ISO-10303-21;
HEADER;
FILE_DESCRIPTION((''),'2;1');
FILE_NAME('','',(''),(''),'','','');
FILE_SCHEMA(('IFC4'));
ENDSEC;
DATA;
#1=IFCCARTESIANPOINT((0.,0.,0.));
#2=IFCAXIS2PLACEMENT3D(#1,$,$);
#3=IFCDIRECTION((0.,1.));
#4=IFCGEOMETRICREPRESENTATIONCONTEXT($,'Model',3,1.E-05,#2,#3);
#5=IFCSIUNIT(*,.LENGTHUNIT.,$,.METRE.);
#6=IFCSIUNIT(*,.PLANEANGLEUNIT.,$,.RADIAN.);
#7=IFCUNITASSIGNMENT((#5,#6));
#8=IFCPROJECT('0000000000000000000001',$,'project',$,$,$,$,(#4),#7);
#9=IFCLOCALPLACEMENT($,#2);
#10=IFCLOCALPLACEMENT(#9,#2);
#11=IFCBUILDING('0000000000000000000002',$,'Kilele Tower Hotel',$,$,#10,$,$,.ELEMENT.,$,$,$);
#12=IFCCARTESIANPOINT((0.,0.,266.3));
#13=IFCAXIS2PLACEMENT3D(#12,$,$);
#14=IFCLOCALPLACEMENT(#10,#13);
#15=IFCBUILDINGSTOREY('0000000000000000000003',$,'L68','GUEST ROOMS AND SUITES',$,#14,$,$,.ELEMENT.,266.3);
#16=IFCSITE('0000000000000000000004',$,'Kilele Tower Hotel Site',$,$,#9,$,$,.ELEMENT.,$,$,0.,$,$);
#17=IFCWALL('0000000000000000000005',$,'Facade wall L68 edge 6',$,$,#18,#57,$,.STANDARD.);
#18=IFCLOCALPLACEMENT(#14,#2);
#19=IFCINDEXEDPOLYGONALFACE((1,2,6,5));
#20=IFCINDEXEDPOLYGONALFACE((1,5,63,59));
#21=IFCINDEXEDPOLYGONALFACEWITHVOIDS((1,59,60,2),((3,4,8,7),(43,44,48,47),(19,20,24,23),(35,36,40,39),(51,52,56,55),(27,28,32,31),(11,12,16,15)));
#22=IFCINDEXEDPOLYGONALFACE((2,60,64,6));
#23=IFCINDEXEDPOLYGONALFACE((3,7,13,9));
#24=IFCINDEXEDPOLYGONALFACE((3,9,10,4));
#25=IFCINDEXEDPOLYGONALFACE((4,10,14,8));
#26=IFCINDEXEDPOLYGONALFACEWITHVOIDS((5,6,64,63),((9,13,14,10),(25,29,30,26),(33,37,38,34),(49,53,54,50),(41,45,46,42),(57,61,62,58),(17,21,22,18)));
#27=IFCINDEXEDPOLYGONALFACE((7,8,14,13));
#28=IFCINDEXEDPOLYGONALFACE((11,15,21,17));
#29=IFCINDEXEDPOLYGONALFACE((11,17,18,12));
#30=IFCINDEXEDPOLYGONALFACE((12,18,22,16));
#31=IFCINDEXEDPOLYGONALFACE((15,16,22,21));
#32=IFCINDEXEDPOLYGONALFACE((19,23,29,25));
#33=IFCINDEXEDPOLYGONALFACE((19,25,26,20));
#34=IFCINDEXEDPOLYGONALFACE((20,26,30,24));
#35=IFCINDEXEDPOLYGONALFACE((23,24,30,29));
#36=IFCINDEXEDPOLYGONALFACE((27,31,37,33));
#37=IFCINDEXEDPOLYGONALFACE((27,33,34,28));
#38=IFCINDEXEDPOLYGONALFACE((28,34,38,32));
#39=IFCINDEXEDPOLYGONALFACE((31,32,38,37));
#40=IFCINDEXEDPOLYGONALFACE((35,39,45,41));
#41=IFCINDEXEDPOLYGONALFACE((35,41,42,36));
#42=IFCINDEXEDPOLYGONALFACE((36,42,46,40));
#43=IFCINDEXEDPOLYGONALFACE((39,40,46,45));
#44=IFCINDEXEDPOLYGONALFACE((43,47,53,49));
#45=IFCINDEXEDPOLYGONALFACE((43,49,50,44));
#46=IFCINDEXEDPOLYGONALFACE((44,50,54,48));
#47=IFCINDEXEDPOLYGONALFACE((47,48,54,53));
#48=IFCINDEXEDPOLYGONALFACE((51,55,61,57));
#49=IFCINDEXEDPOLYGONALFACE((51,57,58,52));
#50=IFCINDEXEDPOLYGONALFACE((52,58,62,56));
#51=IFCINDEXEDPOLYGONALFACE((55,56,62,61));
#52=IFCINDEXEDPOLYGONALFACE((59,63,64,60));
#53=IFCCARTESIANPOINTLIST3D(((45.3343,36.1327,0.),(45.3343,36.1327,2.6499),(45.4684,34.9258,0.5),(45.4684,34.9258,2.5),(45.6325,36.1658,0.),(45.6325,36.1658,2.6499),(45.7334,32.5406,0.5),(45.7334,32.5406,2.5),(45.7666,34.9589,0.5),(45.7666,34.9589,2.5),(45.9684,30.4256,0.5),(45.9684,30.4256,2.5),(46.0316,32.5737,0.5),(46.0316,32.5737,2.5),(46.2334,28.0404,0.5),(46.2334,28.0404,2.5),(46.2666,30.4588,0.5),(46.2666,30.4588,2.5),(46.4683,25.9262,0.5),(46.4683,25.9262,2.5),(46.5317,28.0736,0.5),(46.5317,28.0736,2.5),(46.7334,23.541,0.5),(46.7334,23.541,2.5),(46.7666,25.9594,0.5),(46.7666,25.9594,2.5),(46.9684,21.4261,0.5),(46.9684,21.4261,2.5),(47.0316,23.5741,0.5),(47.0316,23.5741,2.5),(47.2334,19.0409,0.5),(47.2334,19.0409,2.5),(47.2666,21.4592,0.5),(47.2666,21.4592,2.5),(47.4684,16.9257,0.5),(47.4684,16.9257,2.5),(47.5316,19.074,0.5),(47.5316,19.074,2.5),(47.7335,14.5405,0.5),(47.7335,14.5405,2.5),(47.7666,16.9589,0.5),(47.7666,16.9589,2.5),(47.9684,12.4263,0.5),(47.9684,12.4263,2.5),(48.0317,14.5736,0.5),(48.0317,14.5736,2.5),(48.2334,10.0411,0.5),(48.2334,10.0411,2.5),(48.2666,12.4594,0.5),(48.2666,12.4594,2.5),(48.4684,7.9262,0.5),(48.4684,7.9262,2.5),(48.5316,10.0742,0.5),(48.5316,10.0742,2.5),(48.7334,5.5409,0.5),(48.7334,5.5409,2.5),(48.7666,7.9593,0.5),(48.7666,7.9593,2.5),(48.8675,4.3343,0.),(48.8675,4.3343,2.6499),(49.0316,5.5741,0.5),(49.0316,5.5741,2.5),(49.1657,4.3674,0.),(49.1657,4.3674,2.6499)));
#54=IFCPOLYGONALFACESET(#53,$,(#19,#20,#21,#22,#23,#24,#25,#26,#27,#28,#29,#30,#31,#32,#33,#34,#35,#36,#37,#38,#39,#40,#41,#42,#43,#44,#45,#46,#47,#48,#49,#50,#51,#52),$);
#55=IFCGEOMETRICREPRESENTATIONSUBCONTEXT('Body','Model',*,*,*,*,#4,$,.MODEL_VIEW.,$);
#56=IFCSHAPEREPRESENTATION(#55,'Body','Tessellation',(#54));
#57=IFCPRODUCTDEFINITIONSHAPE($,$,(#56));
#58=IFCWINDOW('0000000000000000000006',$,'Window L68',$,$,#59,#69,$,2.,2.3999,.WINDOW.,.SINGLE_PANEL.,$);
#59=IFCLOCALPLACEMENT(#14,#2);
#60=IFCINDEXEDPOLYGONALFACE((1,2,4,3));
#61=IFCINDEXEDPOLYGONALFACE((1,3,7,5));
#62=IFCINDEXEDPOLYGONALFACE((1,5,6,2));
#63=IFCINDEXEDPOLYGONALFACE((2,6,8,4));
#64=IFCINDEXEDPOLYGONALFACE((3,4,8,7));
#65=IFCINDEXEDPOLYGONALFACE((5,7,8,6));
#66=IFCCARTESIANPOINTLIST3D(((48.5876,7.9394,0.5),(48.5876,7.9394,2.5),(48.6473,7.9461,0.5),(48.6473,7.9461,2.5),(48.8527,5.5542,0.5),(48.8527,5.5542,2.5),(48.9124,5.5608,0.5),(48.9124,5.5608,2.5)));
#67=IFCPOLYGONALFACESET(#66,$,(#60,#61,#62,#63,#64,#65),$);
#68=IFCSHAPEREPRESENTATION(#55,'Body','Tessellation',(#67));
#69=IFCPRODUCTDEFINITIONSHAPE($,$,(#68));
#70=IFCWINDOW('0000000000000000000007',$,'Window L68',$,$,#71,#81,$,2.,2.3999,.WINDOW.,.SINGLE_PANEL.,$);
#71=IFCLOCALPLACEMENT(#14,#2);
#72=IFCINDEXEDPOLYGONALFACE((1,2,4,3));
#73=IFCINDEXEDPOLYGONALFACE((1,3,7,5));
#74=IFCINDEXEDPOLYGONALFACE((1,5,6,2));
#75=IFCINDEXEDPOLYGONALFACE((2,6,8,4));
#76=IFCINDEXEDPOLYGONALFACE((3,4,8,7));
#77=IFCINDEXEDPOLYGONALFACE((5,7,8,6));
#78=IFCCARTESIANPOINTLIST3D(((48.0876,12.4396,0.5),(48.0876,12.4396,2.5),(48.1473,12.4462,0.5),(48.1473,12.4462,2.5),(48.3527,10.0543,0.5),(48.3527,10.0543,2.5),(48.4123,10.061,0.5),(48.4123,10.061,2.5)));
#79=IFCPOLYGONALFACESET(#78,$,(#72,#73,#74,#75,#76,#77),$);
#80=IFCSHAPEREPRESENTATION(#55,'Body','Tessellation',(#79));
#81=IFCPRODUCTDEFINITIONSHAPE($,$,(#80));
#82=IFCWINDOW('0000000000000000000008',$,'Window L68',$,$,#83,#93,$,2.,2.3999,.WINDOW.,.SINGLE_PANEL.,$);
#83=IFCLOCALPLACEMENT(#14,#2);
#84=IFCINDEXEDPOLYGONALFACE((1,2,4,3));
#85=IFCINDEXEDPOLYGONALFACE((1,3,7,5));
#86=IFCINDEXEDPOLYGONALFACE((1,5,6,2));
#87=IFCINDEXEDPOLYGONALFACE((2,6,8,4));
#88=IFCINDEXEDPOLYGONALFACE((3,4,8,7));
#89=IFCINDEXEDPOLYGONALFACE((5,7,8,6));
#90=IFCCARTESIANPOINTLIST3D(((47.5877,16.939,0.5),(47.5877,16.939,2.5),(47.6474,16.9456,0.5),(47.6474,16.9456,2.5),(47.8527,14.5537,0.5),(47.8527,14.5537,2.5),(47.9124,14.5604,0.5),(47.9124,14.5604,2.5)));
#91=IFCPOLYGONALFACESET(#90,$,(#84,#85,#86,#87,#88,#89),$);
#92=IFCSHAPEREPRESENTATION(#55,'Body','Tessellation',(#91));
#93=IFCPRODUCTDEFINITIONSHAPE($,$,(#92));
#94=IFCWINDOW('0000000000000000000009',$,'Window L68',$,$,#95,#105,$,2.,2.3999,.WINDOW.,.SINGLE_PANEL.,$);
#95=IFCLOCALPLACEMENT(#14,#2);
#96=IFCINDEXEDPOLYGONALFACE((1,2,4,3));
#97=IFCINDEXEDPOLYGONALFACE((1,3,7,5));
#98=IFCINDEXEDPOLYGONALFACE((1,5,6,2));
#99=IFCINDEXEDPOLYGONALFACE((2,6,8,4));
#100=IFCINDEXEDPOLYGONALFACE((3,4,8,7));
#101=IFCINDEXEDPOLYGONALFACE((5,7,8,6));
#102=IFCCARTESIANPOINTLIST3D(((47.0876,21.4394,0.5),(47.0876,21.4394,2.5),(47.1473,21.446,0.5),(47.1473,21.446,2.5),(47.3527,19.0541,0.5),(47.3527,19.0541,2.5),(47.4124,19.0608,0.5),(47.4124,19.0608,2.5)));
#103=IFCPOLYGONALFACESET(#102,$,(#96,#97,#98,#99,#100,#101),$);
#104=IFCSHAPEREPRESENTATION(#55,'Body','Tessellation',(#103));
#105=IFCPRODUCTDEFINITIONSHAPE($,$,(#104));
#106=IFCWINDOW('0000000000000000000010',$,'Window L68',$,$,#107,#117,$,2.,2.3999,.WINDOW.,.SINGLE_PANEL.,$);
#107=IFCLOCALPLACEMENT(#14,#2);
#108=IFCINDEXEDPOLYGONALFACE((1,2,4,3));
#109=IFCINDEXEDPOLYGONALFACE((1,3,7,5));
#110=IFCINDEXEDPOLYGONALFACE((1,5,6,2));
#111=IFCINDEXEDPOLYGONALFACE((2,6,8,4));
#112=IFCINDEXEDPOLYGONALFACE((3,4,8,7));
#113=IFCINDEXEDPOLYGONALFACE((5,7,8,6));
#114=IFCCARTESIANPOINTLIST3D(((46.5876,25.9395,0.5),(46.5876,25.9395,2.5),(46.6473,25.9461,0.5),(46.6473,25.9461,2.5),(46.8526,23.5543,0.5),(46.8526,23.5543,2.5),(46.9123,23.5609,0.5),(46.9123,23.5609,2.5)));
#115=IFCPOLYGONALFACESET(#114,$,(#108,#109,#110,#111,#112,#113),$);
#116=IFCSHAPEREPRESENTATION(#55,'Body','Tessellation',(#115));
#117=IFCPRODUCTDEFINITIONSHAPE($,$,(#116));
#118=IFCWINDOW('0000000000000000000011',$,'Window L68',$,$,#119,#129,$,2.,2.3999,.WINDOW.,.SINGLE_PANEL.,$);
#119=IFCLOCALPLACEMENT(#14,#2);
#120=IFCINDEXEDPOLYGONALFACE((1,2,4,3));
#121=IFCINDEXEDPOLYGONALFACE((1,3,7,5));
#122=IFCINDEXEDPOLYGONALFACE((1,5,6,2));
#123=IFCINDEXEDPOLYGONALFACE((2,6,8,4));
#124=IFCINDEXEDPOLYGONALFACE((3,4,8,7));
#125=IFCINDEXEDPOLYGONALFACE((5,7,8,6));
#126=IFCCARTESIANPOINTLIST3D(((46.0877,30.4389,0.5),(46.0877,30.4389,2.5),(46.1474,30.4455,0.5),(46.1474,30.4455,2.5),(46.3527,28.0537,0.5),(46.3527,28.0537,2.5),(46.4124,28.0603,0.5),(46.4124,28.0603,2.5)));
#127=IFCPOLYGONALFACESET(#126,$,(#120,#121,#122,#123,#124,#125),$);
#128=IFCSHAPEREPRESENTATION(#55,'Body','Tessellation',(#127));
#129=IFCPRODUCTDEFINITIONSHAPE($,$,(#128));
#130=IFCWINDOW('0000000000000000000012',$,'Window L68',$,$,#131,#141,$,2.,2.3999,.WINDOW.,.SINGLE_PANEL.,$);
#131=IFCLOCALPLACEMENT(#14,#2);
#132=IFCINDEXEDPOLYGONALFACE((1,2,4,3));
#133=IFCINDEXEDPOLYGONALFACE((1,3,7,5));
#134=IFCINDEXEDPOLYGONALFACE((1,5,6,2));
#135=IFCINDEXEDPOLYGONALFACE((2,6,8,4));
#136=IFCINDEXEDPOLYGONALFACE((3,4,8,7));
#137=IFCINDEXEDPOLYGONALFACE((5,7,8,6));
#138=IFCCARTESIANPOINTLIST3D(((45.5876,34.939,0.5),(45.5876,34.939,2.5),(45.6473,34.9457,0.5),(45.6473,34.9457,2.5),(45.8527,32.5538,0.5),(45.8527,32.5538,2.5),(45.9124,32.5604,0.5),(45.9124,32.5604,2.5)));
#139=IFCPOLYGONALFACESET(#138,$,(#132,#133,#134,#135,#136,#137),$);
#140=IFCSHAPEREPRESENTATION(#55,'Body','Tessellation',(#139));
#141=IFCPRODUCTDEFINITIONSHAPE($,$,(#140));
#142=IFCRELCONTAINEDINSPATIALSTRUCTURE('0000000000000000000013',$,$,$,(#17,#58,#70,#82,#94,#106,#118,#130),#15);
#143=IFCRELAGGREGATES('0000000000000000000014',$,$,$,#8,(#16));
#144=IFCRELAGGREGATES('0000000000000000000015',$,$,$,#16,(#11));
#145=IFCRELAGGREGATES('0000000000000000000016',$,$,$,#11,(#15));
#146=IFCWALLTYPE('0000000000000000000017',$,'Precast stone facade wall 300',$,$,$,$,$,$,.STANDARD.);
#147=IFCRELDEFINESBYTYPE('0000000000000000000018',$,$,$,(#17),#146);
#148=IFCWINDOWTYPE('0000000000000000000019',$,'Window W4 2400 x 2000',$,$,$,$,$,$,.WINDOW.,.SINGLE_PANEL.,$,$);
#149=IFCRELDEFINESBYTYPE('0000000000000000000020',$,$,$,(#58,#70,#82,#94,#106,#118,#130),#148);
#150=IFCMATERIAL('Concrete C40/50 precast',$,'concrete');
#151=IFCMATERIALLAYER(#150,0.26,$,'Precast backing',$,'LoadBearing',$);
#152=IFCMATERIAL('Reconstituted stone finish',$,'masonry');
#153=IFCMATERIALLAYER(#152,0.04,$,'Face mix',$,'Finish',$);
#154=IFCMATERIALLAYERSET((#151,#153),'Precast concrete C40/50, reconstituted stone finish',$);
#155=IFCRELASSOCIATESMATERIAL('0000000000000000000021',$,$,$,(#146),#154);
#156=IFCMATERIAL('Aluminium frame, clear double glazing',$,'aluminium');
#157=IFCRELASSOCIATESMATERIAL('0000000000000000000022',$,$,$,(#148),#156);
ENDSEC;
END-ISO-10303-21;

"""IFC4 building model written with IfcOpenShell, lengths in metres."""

from ifc_helpers import new_model, si_unit, direction, frame, frame_2d, origin, place, context, subcontext, project, spatial, rectangle, extrude, material, layer, layer_set, type_object, element, fill, save


model = new_model("IFC4")

# Units and contexts
model_context = context("Model", 3, precision=1e-05, world=origin(), true_north=direction((0.0, 1.0)))
body_context = subcontext(model_context, "Body", "Model", "MODEL_VIEW")
ifc_project = project(units=[si_unit("LENGTHUNIT", "METRE"), si_unit("PLANEANGLEUNIT", "RADIAN")], contexts=[model_context])

# Site, building, storey
site_placement = place(None, origin())
site = spatial("IfcSite", under=ifc_project, at=site_placement, Name="Kilele Tower Hotel Site", CompositionType="ELEMENT", RefElevation=0.0)
building_placement = place(site_placement, origin())
building = spatial("IfcBuilding", under=site, at=building_placement, Name="Kilele Tower Hotel", CompositionType="ELEMENT")
storey_placement = place(building_placement, frame((0.0, 0.0, 266.3)))
storey = spatial("IfcBuildingStorey", under=building, at=storey_placement, Name="L68", Description="GUEST ROOMS AND SUITES", CompositionType="ELEMENT", Elevation=266.3)

# Shared definitions
ifc_material_1 = material(Name="Concrete C40/50 precast", Category="concrete")
ifc_layer_1 = layer(ifc_material_1, 0.26, Name="Precast backing", Category="LoadBearing")
ifc_material_2 = material(Name="Reconstituted stone finish", Category="masonry")
ifc_layer_2 = layer(ifc_material_2, 0.04, Name="Face mix", Category="Finish")
ifc_layer_set = layer_set([ifc_layer_1, ifc_layer_2], Name="Precast concrete C40/50, reconstituted stone finish")
wall_type = type_object("IfcWallType", Name="Precast stone facade wall 300", PredefinedType="STANDARD", material=ifc_layer_set)
ifc_material_3 = material(Name="Aluminium frame, clear double glazing", Category="aluminium")
window_type_1 = type_object("IfcWindowType", Name="Window W4 2400 x 2000", PartitioningType="SINGLE_PANEL", PredefinedType="WINDOW", material=ifc_material_3)

# Wall, openings, windows
wall_1_placement = place(storey_placement, frame((49.0166, 4.3508, 0.0), z_axis=(0.0, 0.0, 1.0), x_axis=(-0.110433, 0.993884, 0.0)))
wall_1 = element("IfcWall", 1, at=wall_1_placement, inside=storey, type_object=wall_type, Name="Facade wall L68 edge 6", PredefinedType="STANDARD", context=body_context, shape_type="SweptSolid", body=[
    extrude(rectangle(XDim=31.9941, YDim=0.3, at=frame_2d((15.9971, 0.0))), origin(), (0.0, 0.0, 1.0), 2.6499),
])
opening_1_placement = place(wall_1_placement, frame((1.2141, 0.0, 0.5)))
opening_1 = element("IfcOpeningElement", 2, at=opening_1_placement, cuts=wall_1, PredefinedType="OPENING", context=body_context, shape_type="SweptSolid", body=[
    extrude(rectangle(XDim=2.3999, YDim=2.0, at=frame_2d((1.2, 1.0))), frame((0.0, 0.1599, 0.0), z_axis=(0.0, -1.0, 0.0), x_axis=(1.0, 0.0, 0.0)), (0.0, 0.0, 1.0), 0.3201),
])
opening_2_placement = place(wall_1_placement, frame((5.7419, 0.0, 0.5)))
opening_2 = element("IfcOpeningElement", 3, at=opening_2_placement, cuts=wall_1, PredefinedType="OPENING", context=body_context, shape_type="SweptSolid", body=[
    extrude(rectangle(XDim=2.3999, YDim=2.0, at=frame_2d((1.2, 1.0))), frame((0.0, 0.1599, 0.0), z_axis=(0.0, -1.0, 0.0), x_axis=(1.0, 0.0, 0.0)), (0.0, 0.0, 1.0), 0.3201),
])
opening_3_placement = place(wall_1_placement, frame((10.269, 0.0, 0.5)))
opening_3 = element("IfcOpeningElement", 4, at=opening_3_placement, cuts=wall_1, PredefinedType="OPENING", context=body_context, shape_type="SweptSolid", body=[
    extrude(rectangle(XDim=2.3999, YDim=2.0, at=frame_2d((1.2, 1.0))), frame((0.0, 0.1599, 0.0), z_axis=(0.0, -1.0, 0.0), x_axis=(1.0, 0.0, 0.0)), (0.0, 0.0, 1.0), 0.3201),
])
opening_4_placement = place(wall_1_placement, frame((14.7971, 0.0, 0.5)))
opening_4 = element("IfcOpeningElement", 5, at=opening_4_placement, cuts=wall_1, PredefinedType="OPENING", context=body_context, shape_type="SweptSolid", body=[
    extrude(rectangle(XDim=2.3999, YDim=2.0, at=frame_2d((1.2, 1.0))), frame((0.0, 0.1599, 0.0), z_axis=(0.0, -1.0, 0.0), x_axis=(1.0, 0.0, 0.0)), (0.0, 0.0, 1.0), 0.3201),
])
opening_5_placement = place(wall_1_placement, frame((19.325, 0.0, 0.5)))
opening_5 = element("IfcOpeningElement", 6, at=opening_5_placement, cuts=wall_1, PredefinedType="OPENING", context=body_context, shape_type="SweptSolid", body=[
    extrude(rectangle(XDim=2.3999, YDim=2.0, at=frame_2d((1.2, 1.0))), frame((0.0, 0.1599, 0.0), z_axis=(0.0, -1.0, 0.0), x_axis=(1.0, 0.0, 0.0)), (0.0, 0.0, 1.0), 0.3201),
])
opening_6_placement = place(wall_1_placement, frame((23.8521, 0.0, 0.5)))
opening_6 = element("IfcOpeningElement", 7, at=opening_6_placement, cuts=wall_1, PredefinedType="OPENING", context=body_context, shape_type="SweptSolid", body=[
    extrude(rectangle(XDim=2.3999, YDim=2.0, at=frame_2d((1.2, 1.0))), frame((0.0, 0.1599, 0.0), z_axis=(0.0, -1.0, 0.0), x_axis=(1.0, 0.0, 0.0)), (0.0, 0.0, 1.0), 0.3201),
])
opening_7_placement = place(wall_1_placement, frame((28.3799, 0.0, 0.5)))
opening_7 = element("IfcOpeningElement", 8, at=opening_7_placement, cuts=wall_1, PredefinedType="OPENING", context=body_context, shape_type="SweptSolid", body=[
    extrude(rectangle(XDim=2.3999, YDim=2.0, at=frame_2d((1.2, 1.0))), frame((0.0, 0.1599, 0.0), z_axis=(0.0, -1.0, 0.0), x_axis=(1.0, 0.0, 0.0)), (0.0, 0.0, 1.0), 0.3201),
])
window_1_placement = place(opening_1_placement, origin())
window_1 = element("IfcWindow", 9, at=window_1_placement, inside=storey, type_object=window_type_1, Name="Window L68", OverallHeight=2.0, OverallWidth=2.3999, PartitioningType="SINGLE_PANEL", PredefinedType="WINDOW", context=body_context, shape_type="SweptSolid", body=[
    extrude(rectangle(XDim=2.3999, YDim=2.0, at=frame_2d((1.2, 1.0))), frame((0.0, 0.03, 0.0), z_axis=(0.0, -1.0, 0.0), x_axis=(1.0, 0.0, 0.0)), (0.0, 0.0, 1.0), 0.0601),
])
fill(opening_1, window_1)
window_2_placement = place(opening_2_placement, origin())
window_2 = element("IfcWindow", 10, at=window_2_placement, inside=storey, type_object=window_type_1, Name="Window L68", OverallHeight=2.0, OverallWidth=2.3999, PartitioningType="SINGLE_PANEL", PredefinedType="WINDOW", context=body_context, shape_type="SweptSolid", body=[
    extrude(rectangle(XDim=2.3999, YDim=2.0, at=frame_2d((1.2, 1.0))), frame((0.0, 0.03, 0.0), z_axis=(0.0, -1.0, 0.0), x_axis=(1.0, 0.0, 0.0)), (0.0, 0.0, 1.0), 0.0601),
])
fill(opening_2, window_2)
window_3_placement = place(opening_3_placement, origin())
window_3 = element("IfcWindow", 11, at=window_3_placement, inside=storey, type_object=window_type_1, Name="Window L68", OverallHeight=2.0, OverallWidth=2.3999, PartitioningType="SINGLE_PANEL", PredefinedType="WINDOW", context=body_context, shape_type="SweptSolid", body=[
    extrude(rectangle(XDim=2.3999, YDim=2.0, at=frame_2d((1.2, 1.0))), frame((0.0, 0.03, 0.0), z_axis=(0.0, -1.0, 0.0), x_axis=(1.0, 0.0, 0.0)), (0.0, 0.0, 1.0), 0.0601),
])
fill(opening_3, window_3)
window_4_placement = place(opening_4_placement, origin())
window_4 = element("IfcWindow", 12, at=window_4_placement, inside=storey, type_object=window_type_1, Name="Window L68", OverallHeight=2.0, OverallWidth=2.3999, PartitioningType="SINGLE_PANEL", PredefinedType="WINDOW", context=body_context, shape_type="SweptSolid", body=[
    extrude(rectangle(XDim=2.3999, YDim=2.0, at=frame_2d((1.2, 1.0))), frame((0.0, 0.03, 0.0), z_axis=(0.0, -1.0, 0.0), x_axis=(1.0, 0.0, 0.0)), (0.0, 0.0, 1.0), 0.0601),
])
fill(opening_4, window_4)
window_5_placement = place(opening_5_placement, origin())
window_5 = element("IfcWindow", 13, at=window_5_placement, inside=storey, type_object=window_type_1, Name="Window L68", OverallHeight=2.0, OverallWidth=2.3999, PartitioningType="SINGLE_PANEL", PredefinedType="WINDOW", context=body_context, shape_type="SweptSolid", body=[
    extrude(rectangle(XDim=2.3999, YDim=2.0, at=frame_2d((1.2, 1.0))), frame((0.0, 0.03, 0.0), z_axis=(0.0, -1.0, 0.0), x_axis=(1.0, 0.0, 0.0)), (0.0, 0.0, 1.0), 0.0601),
])
fill(opening_5, window_5)
window_6_placement = place(opening_6_placement, origin())
window_6 = element("IfcWindow", 14, at=window_6_placement, inside=storey, type_object=window_type_1, Name="Window L68", OverallHeight=2.0, OverallWidth=2.3999, PartitioningType="SINGLE_PANEL", PredefinedType="WINDOW", context=body_context, shape_type="SweptSolid", body=[
    extrude(rectangle(XDim=2.3999, YDim=2.0, at=frame_2d((1.2, 1.0))), frame((0.0, 0.03, 0.0), z_axis=(0.0, -1.0, 0.0), x_axis=(1.0, 0.0, 0.0)), (0.0, 0.0, 1.0), 0.0601),
])
fill(opening_6, window_6)
window_7_placement = place(opening_7_placement, origin())
window_7 = element("IfcWindow", 15, at=window_7_placement, inside=storey, type_object=window_type_1, Name="Window L68", OverallHeight=2.0, OverallWidth=2.3999, PartitioningType="SINGLE_PANEL", PredefinedType="WINDOW", context=body_context, shape_type="SweptSolid", body=[
    extrude(rectangle(XDim=2.3999, YDim=2.0, at=frame_2d((1.2, 1.0))), frame((0.0, 0.03, 0.0), z_axis=(0.0, -1.0, 0.0), x_axis=(1.0, 0.0, 0.0)), (0.0, 0.0, 1.0), 0.0601),
])
fill(opening_7, window_7)

save(model, "model.ifc")
